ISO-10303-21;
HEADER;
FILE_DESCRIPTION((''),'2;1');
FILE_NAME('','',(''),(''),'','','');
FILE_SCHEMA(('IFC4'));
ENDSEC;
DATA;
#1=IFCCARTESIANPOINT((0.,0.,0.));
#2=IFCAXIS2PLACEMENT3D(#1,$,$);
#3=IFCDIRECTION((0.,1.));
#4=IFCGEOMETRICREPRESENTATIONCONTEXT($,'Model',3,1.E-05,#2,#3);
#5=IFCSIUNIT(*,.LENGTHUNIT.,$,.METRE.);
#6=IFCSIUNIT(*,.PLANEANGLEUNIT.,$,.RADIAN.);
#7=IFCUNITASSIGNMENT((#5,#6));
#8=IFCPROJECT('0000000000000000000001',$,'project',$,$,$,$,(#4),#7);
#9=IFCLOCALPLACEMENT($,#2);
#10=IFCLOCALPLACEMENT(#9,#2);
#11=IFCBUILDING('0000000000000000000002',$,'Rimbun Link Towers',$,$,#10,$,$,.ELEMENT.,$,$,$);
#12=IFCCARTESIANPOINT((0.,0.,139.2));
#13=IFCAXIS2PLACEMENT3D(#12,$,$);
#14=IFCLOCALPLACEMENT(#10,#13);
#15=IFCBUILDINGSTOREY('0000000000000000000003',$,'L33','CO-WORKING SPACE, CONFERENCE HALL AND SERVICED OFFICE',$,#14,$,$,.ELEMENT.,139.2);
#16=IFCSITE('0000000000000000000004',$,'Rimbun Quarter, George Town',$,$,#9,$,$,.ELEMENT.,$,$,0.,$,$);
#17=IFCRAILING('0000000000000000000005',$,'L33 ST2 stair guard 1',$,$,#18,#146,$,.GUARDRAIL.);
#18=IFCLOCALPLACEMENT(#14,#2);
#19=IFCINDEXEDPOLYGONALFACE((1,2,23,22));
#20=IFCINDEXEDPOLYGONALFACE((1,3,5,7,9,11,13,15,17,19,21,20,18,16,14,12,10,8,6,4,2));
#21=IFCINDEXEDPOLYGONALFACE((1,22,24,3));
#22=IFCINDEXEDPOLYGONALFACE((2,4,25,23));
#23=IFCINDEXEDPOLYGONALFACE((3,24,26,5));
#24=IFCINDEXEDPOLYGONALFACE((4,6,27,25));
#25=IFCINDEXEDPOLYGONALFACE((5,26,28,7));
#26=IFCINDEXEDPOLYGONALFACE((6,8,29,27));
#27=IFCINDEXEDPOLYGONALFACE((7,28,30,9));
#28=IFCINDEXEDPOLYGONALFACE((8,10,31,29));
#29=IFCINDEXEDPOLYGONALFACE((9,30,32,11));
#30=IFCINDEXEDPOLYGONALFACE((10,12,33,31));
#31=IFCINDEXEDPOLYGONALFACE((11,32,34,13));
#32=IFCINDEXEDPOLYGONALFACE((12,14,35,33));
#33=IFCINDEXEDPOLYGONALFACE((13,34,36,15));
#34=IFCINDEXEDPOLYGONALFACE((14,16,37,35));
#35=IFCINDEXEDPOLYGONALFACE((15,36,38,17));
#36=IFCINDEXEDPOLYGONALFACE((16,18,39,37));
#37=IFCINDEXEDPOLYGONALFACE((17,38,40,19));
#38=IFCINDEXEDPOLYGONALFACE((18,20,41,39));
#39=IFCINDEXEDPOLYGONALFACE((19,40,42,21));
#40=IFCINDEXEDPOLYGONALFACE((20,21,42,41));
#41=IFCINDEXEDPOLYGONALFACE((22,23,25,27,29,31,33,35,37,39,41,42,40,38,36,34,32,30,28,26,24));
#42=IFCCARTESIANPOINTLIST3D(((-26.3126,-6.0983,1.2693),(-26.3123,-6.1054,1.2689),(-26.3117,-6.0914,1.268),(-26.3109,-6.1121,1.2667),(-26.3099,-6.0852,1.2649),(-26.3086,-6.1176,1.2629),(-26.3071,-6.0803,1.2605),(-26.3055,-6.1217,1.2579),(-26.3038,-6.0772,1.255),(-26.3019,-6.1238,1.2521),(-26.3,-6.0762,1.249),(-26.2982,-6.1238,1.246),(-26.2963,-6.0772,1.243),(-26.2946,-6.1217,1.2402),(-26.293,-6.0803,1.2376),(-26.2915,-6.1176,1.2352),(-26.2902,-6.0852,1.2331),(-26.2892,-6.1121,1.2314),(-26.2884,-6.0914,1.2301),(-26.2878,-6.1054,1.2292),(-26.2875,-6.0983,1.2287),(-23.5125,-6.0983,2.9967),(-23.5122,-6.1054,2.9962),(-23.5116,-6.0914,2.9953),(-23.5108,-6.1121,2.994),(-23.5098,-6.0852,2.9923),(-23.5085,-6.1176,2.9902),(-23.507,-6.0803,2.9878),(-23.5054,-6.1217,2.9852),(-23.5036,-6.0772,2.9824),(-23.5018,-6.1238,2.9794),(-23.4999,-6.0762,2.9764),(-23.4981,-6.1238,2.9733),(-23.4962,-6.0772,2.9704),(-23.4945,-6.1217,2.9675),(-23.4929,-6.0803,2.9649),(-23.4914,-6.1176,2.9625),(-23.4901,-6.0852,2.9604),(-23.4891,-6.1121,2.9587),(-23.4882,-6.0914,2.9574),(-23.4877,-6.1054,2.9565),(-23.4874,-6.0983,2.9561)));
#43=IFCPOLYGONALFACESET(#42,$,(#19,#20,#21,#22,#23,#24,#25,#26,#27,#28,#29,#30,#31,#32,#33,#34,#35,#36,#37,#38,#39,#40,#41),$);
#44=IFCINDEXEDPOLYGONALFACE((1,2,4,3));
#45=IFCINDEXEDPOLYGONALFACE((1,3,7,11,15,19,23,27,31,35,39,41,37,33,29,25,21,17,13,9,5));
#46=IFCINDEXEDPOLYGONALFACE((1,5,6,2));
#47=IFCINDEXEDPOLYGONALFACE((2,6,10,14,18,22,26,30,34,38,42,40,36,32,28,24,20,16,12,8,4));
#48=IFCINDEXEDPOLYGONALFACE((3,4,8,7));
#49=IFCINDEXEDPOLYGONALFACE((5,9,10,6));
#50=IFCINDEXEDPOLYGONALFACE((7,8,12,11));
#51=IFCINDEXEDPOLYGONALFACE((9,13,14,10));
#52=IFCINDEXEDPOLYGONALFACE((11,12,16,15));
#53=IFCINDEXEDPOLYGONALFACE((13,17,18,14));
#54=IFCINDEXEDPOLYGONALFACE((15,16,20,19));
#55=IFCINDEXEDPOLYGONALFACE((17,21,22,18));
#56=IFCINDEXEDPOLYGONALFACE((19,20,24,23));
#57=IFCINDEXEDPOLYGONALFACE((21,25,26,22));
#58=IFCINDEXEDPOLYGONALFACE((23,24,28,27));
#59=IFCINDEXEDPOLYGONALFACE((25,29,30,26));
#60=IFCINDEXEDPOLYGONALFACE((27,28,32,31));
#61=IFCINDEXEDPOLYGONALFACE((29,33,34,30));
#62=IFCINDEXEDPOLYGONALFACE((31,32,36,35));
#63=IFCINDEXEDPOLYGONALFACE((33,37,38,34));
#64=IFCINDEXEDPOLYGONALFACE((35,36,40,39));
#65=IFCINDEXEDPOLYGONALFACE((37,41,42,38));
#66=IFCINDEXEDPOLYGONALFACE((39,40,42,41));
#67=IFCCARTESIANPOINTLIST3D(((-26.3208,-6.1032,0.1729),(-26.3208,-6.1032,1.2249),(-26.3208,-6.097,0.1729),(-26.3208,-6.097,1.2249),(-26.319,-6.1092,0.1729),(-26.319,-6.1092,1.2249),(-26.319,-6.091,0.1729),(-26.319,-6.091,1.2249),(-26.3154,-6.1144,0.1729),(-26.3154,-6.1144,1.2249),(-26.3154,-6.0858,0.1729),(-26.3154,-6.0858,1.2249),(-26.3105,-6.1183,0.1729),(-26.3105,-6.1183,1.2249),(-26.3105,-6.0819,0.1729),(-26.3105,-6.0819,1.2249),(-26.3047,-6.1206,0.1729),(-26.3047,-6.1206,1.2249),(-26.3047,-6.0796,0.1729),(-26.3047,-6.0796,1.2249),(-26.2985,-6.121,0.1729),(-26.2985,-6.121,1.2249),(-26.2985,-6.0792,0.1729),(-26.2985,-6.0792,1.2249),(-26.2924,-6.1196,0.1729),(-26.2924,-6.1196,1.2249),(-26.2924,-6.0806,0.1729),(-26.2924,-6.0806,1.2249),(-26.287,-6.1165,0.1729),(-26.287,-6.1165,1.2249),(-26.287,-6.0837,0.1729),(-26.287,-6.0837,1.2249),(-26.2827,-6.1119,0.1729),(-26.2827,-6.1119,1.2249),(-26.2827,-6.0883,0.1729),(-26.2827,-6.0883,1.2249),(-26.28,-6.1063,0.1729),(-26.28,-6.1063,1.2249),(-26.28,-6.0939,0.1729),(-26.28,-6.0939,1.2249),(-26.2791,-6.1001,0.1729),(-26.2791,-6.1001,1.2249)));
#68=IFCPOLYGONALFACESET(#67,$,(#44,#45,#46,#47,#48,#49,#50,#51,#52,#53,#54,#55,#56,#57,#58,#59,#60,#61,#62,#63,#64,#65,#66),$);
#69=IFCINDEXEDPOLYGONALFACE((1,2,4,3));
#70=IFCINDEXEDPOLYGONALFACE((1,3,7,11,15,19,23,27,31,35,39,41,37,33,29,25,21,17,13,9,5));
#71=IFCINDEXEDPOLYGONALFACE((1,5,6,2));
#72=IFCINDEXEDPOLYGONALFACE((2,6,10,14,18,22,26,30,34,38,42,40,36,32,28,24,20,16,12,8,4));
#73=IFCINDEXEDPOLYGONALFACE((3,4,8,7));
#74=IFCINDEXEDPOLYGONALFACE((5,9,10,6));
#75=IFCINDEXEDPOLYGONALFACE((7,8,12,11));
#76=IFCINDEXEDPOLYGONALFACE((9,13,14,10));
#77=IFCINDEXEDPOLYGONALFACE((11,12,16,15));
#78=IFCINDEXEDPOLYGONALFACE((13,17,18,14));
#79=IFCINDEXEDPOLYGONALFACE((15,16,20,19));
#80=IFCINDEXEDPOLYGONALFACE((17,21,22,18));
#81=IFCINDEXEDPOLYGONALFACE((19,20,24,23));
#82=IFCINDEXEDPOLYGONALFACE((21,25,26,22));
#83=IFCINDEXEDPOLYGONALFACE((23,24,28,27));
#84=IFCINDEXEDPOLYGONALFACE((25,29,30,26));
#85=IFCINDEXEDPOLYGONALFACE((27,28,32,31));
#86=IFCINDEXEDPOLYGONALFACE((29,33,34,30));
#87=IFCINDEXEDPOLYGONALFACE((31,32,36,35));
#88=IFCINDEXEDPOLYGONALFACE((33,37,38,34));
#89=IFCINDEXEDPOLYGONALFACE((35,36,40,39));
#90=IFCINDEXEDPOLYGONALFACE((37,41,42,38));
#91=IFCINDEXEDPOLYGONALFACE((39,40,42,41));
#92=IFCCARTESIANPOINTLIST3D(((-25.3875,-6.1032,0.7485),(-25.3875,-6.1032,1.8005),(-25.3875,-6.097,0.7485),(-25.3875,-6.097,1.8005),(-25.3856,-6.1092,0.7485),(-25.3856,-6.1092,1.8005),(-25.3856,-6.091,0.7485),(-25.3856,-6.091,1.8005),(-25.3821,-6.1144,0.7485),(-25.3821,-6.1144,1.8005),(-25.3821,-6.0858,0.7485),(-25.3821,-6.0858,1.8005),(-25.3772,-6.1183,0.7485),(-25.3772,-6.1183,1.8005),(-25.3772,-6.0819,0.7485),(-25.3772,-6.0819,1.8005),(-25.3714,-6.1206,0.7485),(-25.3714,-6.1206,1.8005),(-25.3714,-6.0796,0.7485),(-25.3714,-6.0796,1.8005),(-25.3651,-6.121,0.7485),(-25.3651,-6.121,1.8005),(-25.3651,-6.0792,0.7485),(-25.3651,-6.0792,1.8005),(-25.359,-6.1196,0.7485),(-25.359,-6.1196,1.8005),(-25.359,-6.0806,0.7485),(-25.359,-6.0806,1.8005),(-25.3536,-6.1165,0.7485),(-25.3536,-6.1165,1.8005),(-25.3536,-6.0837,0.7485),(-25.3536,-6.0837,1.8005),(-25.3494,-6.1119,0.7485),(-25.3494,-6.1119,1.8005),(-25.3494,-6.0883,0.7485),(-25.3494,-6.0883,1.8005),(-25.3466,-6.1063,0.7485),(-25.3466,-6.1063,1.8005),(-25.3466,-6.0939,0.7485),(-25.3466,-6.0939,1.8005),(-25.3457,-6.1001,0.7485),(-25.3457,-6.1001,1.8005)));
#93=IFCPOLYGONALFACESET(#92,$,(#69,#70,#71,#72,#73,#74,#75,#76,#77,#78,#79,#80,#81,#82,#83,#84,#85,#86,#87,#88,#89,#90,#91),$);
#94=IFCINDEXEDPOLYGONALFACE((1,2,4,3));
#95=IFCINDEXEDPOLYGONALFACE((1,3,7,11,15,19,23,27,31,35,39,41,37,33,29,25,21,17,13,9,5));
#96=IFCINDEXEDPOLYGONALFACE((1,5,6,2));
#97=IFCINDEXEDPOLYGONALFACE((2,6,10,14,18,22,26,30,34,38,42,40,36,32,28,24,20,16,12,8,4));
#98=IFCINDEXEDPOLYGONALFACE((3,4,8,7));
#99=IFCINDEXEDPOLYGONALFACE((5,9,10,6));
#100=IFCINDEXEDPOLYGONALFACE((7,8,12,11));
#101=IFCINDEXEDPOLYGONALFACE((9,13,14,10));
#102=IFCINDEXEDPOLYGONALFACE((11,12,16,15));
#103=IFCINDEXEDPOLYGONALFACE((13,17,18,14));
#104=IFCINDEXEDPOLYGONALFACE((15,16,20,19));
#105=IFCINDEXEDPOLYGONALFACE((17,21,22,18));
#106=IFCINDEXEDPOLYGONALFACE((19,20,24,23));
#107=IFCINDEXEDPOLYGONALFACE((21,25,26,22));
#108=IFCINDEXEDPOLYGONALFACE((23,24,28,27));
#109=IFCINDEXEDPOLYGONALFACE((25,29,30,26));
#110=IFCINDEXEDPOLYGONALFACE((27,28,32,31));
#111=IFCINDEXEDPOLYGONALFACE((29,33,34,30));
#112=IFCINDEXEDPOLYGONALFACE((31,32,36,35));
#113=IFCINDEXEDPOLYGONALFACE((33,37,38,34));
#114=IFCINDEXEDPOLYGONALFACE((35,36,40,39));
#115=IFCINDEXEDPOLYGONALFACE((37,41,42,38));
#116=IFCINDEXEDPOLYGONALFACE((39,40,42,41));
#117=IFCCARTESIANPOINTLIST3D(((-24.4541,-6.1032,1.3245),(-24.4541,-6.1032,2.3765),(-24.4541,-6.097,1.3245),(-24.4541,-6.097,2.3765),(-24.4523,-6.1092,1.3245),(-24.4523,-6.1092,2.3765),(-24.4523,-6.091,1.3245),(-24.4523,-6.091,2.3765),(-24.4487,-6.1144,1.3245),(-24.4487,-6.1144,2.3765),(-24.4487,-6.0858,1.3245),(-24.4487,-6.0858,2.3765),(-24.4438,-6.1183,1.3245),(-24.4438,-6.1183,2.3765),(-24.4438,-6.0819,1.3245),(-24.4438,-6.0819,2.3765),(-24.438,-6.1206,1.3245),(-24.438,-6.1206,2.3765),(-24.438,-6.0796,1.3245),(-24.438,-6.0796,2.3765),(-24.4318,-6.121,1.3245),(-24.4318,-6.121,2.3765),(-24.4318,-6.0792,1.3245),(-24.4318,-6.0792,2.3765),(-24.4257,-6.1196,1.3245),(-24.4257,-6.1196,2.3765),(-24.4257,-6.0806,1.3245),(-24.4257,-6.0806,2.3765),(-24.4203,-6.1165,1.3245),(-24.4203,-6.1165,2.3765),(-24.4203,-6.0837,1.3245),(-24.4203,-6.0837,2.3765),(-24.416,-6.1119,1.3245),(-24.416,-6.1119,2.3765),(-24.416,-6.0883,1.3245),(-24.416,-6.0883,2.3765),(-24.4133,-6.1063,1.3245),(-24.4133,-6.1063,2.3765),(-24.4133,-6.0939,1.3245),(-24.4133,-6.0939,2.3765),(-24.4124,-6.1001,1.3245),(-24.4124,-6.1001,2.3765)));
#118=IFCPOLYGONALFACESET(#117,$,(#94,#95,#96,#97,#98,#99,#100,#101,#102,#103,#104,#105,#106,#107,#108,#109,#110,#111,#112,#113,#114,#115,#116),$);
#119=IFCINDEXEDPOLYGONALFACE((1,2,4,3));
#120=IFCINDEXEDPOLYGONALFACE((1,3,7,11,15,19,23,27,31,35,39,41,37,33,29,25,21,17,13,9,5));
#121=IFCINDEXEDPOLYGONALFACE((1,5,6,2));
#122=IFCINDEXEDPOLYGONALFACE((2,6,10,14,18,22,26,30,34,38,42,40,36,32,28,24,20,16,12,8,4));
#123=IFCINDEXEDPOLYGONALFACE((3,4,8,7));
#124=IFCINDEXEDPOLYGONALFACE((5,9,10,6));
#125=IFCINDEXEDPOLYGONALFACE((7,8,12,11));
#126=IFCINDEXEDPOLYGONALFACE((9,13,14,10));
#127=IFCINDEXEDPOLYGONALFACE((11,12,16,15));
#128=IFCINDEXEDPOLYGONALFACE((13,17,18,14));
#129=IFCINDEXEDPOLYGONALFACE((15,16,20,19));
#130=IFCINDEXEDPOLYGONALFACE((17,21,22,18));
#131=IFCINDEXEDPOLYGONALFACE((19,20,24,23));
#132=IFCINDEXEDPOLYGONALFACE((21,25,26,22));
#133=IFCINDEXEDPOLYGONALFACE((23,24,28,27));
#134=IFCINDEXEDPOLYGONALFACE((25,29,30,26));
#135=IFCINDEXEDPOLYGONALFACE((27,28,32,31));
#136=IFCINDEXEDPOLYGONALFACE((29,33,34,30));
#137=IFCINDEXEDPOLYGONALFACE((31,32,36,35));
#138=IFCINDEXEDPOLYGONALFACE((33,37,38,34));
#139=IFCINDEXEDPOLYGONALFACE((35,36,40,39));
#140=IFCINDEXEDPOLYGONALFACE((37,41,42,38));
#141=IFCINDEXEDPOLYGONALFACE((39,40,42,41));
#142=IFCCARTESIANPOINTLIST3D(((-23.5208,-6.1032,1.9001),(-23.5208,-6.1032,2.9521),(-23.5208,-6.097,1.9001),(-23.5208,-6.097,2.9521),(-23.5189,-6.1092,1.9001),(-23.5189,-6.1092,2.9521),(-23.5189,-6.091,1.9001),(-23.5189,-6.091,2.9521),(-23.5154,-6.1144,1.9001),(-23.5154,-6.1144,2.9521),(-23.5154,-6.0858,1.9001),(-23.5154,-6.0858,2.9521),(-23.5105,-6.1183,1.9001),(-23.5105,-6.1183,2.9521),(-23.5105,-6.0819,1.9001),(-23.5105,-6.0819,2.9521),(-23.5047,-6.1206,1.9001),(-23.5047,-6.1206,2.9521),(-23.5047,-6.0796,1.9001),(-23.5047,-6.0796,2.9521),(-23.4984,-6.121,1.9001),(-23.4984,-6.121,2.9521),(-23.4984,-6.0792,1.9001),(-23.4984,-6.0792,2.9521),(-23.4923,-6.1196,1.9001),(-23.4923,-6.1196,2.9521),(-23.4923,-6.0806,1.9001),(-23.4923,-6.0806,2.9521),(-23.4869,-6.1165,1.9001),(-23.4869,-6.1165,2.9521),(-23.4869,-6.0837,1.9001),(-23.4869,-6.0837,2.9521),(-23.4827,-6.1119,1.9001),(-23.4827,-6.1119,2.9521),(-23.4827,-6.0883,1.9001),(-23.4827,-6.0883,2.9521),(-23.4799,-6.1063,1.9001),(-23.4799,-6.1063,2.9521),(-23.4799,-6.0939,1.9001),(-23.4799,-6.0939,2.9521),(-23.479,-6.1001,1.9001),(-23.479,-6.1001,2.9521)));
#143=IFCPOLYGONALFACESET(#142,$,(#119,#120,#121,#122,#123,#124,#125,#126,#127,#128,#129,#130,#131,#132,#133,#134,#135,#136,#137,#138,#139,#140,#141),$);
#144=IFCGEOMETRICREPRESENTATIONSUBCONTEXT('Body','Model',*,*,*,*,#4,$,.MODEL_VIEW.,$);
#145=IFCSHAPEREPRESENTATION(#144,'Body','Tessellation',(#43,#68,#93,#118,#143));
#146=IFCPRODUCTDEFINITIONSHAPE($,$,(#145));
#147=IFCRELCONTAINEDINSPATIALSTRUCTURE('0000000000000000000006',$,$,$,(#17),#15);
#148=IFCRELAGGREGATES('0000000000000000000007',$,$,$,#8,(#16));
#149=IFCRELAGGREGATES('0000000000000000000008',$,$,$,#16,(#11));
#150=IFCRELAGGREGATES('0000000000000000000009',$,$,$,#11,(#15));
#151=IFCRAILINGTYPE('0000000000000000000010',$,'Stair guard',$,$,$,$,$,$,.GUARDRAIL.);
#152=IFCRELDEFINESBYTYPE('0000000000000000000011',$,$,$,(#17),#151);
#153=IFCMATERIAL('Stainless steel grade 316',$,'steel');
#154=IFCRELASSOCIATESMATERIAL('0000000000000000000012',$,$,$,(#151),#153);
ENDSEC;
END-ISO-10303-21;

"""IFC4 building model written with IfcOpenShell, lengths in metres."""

from ifc_helpers import new_model, si_unit, direction, frame, origin, origin_2d, place, context, subcontext, project, spatial, circle, extrude, material, type_object, element, save


model = new_model("IFC4")

# Units and contexts
model_context = context("Model", 3, precision=1e-05, world=origin(), true_north=direction((0.0, 1.0)))
body_context = subcontext(model_context, "Body", "Model", "MODEL_VIEW")
ifc_project = project(units=[si_unit("LENGTHUNIT", "METRE"), si_unit("PLANEANGLEUNIT", "RADIAN")], contexts=[model_context])

# Site, building, storey
site_placement = place(None, origin())
site = spatial("IfcSite", under=ifc_project, at=site_placement, Name="Rimbun Quarter, George Town", CompositionType="ELEMENT", RefElevation=0.0)
building_placement = place(site_placement, origin())
building = spatial("IfcBuilding", under=site, at=building_placement, Name="Rimbun Link Towers", CompositionType="ELEMENT")
storey_placement = place(building_placement, frame((0.0, 0.0, 139.2)))
storey = spatial("IfcBuildingStorey", under=building, at=storey_placement, Name="L33", Description="CO-WORKING SPACE, CONFERENCE HALL AND SERVICED OFFICE", CompositionType="ELEMENT", Elevation=139.2)

# Railing
ifc_material_1 = material(Name="Stainless steel grade 316", Category="steel")
railing_type_1 = type_object("IfcRailingType", Name="Stair guard", PredefinedType="GUARDRAIL", material=ifc_material_1)
railing_1_placement = place(storey_placement, frame((-26.3, -6.1001, 0.1729)))
element("IfcRailing", 1, at=railing_1_placement, inside=storey, type_object=railing_type_1, Name="L33 ST2 stair guard 1", PredefinedType="GUARDRAIL", context=body_context, shape_type="SweptSolid", body=[
    extrude(circle(Radius=0.0239, at=origin_2d()), frame((0.0, 0.0, 1.0762), z_axis=(0.85109, 0.0, 0.52502), x_axis=(0.0, 1.0, 0.0)), (0.0, 0.0, 1.0), 3.29),
    extrude(circle(Radius=0.021, at=origin_2d()), origin(), (0.0, 0.0, 1.0), 1.052),
    extrude(circle(Radius=0.021, at=origin_2d()), frame((0.9333, 0.0, 0.5757)), (0.0, 0.0, 1.0), 1.052),
    extrude(circle(Radius=0.021, at=origin_2d()), frame((1.8667, 0.0, 1.1516)), (0.0, 0.0, 1.0), 1.052),
    extrude(circle(Radius=0.021, at=origin_2d()), frame((2.8, 0.0, 1.7273)), (0.0, 0.0, 1.0), 1.052),
])

save(model, "model.ifc")
